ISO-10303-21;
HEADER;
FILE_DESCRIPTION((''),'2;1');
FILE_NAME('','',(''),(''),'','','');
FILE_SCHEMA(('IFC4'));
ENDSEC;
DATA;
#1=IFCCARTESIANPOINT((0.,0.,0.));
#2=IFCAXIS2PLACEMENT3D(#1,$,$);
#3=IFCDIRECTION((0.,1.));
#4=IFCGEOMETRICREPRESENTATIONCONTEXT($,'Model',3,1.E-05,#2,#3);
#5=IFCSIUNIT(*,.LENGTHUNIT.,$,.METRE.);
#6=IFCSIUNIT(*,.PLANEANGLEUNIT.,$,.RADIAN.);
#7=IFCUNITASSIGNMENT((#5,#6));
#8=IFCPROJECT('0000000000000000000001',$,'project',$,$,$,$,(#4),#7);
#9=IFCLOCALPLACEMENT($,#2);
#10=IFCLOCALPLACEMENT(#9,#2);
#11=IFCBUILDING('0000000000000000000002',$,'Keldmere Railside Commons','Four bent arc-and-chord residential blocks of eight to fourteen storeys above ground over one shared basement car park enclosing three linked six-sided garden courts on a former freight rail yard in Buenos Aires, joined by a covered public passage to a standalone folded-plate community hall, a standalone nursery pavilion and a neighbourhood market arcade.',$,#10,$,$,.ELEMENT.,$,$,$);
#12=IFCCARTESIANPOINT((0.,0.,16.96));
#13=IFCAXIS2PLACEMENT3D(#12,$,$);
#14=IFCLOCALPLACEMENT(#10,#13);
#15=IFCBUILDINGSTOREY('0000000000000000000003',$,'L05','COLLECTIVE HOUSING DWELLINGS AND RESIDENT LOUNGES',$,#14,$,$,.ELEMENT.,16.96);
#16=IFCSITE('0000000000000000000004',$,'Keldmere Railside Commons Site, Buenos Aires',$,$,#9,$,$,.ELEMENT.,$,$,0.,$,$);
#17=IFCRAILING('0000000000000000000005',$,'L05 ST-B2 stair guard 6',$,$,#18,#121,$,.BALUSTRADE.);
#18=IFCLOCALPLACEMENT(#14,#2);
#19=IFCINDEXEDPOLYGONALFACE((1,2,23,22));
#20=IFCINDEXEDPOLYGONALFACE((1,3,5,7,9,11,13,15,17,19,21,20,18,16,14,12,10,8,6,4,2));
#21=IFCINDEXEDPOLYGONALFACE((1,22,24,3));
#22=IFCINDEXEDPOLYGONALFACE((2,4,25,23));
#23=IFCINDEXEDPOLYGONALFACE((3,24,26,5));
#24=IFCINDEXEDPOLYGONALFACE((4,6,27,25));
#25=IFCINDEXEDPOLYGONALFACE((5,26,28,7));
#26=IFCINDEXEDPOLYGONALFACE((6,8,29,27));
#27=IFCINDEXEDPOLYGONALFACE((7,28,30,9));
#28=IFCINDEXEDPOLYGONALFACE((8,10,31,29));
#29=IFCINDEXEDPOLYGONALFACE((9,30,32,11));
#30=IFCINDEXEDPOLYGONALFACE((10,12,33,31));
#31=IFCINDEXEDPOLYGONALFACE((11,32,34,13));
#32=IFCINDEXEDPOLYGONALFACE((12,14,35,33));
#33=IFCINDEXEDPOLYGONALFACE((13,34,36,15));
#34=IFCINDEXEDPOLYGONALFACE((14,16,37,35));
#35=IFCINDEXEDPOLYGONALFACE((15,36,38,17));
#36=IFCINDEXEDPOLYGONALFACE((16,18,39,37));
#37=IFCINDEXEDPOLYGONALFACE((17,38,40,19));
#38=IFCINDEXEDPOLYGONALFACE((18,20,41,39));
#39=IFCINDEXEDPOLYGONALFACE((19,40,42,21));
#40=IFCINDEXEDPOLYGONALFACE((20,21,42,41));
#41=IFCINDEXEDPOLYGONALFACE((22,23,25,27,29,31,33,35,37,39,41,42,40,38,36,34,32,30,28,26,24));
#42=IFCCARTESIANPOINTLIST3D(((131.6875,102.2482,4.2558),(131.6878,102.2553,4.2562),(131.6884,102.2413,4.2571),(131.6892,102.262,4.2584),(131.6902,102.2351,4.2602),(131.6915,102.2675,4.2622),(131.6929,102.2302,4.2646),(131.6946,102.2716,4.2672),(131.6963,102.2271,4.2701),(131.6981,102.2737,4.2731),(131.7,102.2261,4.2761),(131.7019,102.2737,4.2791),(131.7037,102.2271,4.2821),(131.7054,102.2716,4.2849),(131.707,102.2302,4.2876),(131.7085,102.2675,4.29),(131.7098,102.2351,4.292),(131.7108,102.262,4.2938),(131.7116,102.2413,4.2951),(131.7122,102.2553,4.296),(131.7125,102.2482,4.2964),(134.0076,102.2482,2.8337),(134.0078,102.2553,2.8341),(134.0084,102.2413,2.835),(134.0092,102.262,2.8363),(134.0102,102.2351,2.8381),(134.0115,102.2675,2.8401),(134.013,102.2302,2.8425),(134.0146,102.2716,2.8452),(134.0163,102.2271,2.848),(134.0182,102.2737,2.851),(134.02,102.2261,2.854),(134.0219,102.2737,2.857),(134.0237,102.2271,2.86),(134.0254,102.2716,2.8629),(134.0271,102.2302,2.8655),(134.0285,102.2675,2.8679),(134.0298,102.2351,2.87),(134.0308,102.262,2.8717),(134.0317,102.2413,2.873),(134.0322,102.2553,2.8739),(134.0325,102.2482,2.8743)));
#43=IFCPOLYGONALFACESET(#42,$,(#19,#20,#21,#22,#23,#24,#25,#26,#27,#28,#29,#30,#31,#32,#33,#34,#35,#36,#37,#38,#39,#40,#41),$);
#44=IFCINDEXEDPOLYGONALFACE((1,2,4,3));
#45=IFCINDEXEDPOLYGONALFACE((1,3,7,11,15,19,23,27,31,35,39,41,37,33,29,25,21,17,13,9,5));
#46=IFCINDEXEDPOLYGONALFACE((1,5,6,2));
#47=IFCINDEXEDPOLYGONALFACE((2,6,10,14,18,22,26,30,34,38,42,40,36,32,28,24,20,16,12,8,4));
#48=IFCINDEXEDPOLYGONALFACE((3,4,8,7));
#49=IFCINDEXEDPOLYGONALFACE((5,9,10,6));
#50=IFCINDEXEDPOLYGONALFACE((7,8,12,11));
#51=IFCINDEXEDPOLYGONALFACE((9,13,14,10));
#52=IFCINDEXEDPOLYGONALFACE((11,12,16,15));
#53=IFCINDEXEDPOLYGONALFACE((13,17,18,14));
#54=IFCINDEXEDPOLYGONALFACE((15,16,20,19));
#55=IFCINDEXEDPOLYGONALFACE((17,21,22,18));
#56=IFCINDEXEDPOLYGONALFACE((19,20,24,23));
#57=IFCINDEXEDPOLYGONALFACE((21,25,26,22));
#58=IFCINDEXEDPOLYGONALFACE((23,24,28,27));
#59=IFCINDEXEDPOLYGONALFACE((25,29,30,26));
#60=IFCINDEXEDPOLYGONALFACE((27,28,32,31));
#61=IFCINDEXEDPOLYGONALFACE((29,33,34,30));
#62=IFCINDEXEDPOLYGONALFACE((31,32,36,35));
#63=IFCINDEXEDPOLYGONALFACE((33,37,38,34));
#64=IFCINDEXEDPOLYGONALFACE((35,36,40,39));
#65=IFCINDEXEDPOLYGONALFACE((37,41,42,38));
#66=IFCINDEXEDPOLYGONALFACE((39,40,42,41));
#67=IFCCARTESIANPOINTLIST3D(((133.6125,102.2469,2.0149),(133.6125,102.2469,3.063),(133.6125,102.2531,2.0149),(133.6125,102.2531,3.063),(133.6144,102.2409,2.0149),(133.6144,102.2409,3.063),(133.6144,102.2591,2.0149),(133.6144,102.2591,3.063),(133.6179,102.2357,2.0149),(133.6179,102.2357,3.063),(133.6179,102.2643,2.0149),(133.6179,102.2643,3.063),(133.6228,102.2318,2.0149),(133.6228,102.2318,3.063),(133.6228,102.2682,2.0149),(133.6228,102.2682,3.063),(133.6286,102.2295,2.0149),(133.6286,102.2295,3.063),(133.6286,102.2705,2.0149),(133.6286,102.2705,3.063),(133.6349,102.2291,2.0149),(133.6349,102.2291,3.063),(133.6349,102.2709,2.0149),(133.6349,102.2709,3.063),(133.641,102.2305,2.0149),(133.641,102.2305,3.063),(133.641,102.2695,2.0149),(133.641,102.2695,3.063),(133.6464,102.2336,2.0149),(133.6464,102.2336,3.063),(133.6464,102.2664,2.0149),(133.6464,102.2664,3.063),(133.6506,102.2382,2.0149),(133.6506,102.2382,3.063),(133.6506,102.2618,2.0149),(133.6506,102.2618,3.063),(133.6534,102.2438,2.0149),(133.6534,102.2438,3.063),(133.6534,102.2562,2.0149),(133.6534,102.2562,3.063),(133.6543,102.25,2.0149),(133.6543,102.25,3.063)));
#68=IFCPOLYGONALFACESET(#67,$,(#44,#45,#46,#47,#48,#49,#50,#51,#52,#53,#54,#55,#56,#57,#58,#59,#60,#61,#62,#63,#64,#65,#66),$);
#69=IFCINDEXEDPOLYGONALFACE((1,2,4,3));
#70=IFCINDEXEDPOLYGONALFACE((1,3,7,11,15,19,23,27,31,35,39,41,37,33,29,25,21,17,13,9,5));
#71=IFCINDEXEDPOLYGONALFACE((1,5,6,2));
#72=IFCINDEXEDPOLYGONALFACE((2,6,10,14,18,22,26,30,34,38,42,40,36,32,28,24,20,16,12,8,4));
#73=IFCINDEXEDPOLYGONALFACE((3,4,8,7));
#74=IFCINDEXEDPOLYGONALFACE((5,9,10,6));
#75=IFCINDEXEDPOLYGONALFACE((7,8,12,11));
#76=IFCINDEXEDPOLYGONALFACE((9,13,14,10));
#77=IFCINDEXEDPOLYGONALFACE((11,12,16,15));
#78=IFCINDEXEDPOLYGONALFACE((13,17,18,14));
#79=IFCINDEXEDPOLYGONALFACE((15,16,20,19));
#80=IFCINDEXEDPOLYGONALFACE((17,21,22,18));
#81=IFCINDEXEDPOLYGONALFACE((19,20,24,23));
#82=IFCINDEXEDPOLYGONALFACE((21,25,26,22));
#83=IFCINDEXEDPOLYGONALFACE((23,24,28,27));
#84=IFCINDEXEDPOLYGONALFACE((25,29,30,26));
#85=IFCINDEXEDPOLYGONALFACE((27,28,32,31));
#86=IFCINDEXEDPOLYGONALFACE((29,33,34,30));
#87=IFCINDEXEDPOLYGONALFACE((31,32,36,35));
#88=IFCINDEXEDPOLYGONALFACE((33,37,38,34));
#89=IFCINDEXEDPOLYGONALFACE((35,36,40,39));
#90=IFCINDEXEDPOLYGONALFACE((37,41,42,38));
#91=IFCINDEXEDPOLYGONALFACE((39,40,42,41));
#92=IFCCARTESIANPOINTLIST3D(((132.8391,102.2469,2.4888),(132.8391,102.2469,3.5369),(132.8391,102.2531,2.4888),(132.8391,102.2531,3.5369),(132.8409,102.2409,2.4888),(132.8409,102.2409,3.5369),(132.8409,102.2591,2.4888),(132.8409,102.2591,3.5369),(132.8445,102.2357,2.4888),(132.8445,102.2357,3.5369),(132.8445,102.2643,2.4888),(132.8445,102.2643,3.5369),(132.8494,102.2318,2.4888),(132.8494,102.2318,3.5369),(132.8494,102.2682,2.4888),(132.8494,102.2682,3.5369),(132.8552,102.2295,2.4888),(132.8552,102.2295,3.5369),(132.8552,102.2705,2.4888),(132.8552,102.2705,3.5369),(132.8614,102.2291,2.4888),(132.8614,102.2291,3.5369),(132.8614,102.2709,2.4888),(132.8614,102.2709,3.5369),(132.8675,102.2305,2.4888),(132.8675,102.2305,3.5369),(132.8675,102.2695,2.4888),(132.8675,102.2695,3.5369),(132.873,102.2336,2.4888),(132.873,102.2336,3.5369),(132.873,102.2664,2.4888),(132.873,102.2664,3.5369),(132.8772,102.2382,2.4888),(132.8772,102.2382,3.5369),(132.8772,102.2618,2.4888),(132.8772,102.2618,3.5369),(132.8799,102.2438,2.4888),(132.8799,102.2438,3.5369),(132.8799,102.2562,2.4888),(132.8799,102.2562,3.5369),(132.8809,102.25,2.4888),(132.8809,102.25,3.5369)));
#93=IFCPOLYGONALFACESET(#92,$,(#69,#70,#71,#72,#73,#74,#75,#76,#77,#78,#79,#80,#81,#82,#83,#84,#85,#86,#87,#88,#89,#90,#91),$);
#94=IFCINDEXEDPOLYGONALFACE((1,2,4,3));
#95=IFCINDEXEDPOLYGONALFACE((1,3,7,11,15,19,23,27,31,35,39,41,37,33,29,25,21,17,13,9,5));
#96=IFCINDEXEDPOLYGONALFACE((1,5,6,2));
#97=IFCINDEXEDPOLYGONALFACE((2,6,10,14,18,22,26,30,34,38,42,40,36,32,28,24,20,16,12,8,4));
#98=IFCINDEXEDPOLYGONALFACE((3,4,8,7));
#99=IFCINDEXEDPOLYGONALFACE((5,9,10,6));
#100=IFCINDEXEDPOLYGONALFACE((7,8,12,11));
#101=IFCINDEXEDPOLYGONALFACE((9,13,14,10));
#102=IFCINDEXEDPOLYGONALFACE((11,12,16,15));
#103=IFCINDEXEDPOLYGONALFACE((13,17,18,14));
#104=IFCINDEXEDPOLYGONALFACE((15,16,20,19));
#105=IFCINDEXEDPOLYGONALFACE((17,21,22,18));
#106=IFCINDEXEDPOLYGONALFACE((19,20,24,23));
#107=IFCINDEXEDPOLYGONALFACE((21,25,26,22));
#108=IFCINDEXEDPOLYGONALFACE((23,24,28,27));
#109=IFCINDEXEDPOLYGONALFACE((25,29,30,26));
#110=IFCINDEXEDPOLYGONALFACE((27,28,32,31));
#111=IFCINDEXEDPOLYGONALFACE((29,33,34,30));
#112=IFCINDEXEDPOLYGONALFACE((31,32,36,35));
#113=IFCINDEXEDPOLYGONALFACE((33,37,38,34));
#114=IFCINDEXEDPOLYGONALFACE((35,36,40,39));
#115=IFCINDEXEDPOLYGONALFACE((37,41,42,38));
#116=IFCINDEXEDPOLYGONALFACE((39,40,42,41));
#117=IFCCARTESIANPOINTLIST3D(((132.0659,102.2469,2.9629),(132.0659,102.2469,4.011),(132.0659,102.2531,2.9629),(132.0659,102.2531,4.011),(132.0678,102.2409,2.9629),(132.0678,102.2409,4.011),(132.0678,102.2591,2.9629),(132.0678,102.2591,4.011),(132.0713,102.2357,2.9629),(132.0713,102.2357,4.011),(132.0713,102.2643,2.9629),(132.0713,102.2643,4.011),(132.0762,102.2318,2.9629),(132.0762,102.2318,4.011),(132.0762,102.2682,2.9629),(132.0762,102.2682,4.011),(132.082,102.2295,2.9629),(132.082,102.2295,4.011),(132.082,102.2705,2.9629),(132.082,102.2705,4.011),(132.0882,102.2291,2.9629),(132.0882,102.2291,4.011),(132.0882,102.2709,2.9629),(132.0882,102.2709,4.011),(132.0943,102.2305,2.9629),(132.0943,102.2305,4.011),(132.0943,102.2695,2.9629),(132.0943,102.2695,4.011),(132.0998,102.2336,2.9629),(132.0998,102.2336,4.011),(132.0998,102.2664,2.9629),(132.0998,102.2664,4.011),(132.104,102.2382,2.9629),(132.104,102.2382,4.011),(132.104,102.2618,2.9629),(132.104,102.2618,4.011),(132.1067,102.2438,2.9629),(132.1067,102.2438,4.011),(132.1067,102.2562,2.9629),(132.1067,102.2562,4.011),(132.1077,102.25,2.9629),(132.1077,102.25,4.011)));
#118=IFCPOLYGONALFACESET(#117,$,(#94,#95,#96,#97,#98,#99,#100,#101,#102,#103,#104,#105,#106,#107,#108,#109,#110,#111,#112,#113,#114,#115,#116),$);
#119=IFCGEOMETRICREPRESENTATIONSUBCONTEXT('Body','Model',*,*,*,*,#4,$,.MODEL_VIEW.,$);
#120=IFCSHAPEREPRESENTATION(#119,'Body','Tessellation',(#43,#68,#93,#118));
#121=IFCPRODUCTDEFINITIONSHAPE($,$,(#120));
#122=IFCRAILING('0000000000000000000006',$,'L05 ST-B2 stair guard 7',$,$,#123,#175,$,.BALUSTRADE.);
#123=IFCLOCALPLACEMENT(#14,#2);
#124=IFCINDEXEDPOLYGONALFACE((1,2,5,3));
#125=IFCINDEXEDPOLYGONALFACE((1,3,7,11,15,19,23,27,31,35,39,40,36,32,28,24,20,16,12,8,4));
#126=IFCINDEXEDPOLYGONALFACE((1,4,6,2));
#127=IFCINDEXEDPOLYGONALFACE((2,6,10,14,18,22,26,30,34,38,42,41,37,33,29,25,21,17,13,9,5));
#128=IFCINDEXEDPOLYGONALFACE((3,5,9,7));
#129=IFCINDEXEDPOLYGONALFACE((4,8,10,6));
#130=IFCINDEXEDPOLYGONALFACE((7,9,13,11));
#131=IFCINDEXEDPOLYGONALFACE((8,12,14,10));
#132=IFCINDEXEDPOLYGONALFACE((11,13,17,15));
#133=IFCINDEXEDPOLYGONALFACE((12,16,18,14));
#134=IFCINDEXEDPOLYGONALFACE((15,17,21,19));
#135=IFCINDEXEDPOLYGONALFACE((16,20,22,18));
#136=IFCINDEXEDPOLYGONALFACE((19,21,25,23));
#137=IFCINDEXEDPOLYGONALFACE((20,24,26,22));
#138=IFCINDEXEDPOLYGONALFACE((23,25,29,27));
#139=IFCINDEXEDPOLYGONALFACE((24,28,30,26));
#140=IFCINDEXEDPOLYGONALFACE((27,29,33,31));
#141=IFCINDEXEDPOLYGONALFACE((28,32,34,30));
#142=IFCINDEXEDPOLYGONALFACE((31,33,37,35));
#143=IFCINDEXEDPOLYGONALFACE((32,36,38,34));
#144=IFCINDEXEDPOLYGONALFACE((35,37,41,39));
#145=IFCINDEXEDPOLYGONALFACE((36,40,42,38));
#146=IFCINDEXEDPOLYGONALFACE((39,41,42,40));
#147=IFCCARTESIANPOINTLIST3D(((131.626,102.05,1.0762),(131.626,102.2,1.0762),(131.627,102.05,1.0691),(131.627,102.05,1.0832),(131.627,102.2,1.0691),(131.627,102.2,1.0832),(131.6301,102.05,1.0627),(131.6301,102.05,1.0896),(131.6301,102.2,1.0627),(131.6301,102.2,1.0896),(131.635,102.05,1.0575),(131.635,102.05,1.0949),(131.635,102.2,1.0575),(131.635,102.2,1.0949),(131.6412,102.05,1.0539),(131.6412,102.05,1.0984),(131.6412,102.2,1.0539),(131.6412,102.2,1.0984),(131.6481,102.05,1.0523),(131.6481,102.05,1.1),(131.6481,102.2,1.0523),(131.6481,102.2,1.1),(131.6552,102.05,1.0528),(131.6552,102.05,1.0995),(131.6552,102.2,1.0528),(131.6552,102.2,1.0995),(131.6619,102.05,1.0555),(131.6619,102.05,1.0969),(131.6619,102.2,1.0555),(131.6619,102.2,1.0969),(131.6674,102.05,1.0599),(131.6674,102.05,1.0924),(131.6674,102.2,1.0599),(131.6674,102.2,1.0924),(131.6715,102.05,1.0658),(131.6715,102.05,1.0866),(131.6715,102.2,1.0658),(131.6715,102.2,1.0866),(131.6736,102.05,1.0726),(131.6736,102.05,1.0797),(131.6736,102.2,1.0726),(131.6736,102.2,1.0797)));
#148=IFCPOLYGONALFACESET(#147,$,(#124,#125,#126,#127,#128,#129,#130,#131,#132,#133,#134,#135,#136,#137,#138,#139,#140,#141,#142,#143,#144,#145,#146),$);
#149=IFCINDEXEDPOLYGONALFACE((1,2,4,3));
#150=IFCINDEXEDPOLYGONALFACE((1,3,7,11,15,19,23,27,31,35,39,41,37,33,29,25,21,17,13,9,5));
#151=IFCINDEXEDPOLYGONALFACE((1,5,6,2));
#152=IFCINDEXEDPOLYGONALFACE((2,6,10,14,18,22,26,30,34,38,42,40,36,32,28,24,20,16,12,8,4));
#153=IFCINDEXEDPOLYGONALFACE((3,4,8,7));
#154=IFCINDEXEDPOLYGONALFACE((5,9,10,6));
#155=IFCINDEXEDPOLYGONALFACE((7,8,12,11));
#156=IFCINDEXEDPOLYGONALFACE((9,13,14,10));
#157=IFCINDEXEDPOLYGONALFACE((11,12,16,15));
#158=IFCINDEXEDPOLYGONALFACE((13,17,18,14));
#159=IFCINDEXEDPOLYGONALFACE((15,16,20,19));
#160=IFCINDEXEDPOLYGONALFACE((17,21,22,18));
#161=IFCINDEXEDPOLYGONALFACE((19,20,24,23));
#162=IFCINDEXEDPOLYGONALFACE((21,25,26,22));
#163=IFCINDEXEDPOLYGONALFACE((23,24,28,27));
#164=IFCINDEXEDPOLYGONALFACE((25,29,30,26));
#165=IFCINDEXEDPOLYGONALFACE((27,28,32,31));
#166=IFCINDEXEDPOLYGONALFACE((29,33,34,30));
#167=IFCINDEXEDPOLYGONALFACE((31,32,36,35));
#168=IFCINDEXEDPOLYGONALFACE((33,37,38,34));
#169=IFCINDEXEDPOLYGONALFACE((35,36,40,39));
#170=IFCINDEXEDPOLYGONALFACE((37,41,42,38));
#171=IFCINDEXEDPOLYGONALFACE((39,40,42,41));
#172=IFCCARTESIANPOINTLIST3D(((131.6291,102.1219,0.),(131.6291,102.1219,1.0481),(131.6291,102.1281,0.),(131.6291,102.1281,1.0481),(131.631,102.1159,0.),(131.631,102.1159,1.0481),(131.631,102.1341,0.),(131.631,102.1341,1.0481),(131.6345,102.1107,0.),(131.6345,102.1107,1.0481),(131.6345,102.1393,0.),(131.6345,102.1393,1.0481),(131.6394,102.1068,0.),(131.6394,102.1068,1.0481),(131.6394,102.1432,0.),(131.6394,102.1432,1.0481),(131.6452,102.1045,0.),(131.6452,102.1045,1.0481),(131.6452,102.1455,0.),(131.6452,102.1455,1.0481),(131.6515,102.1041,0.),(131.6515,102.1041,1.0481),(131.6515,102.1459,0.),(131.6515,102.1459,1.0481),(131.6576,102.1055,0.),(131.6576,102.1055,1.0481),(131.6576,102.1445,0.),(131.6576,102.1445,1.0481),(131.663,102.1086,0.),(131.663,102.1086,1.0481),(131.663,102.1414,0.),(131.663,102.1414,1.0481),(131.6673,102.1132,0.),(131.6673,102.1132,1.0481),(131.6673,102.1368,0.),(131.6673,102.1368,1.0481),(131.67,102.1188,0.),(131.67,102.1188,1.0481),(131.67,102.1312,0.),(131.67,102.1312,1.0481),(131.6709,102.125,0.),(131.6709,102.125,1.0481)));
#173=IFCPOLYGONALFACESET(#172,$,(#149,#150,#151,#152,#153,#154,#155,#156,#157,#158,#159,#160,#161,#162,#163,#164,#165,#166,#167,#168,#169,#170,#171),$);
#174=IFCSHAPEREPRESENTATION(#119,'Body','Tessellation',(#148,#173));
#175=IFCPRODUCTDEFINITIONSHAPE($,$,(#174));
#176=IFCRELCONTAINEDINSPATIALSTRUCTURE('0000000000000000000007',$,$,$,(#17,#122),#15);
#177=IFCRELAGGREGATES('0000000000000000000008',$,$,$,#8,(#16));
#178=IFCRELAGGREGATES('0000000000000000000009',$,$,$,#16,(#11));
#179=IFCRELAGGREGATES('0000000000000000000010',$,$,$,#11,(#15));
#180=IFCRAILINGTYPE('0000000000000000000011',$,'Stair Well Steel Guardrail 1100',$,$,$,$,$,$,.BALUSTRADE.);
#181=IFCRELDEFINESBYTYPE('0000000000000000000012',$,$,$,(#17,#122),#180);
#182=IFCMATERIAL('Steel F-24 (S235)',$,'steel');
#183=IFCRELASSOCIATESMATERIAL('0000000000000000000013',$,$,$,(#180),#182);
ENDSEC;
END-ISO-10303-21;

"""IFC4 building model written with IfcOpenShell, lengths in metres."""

from ifc_helpers import new_model, si_unit, direction, frame, origin, origin_2d, place, context, subcontext, project, spatial, circle, extrude, material, type_object, element, save


model = new_model("IFC4")

# Units and contexts
model_context = context("Model", 3, precision=1e-05, world=origin(), true_north=direction((0.0, 1.0)))
body_context = subcontext(model_context, "Body", "Model", "MODEL_VIEW")
ifc_project = project(units=[si_unit("LENGTHUNIT", "METRE"), si_unit("PLANEANGLEUNIT", "RADIAN")], contexts=[model_context])

# Site, building, storey
site_placement = place(None, origin())
site = spatial("IfcSite", under=ifc_project, at=site_placement, Name="Keldmere Railside Commons Site, Buenos Aires", CompositionType="ELEMENT", RefElevation=0.0)
building_placement = place(site_placement, origin())
building = spatial("IfcBuilding", under=site, at=building_placement, Name="Keldmere Railside Commons", Description="Four bent arc-and-chord residential blocks of eight to fourteen storeys above ground over one shared basement car park enclosing three linked six-sided garden courts on a former freight rail yard in Buenos Aires, joined by a covered public passage to a standalone folded-plate community hall, a standalone nursery pavilion and a neighbourhood market arcade.", CompositionType="ELEMENT")
storey_placement = place(building_placement, frame((0.0, 0.0, 16.96)))
storey = spatial("IfcBuildingStorey", under=building, at=storey_placement, Name="L05", Description="COLLECTIVE HOUSING DWELLINGS AND RESIDENT LOUNGES", CompositionType="ELEMENT", Elevation=16.96)

# Railings
ifc_material_1 = material(Name="Steel F-24 (S235)", Category="steel")
railing_type_1 = type_object("IfcRailingType", Name="Stair Well Steel Guardrail 1100", PredefinedType="BALUSTRADE", material=ifc_material_1)
railing_1_placement = place(storey_placement, frame((134.02, 102.25, 1.7778)))
element("IfcRailing", 1, at=railing_1_placement, inside=storey, type_object=railing_type_1, Name="L05 ST-B2 stair guard 6", PredefinedType="BALUSTRADE", context=body_context, shape_type="SweptSolid", body=[
    extrude(circle(Radius=0.0239, at=origin_2d()), frame((0.0, 0.0, 1.0762), z_axis=(-0.852578, 0.0, 0.5226), x_axis=(0.0, -1.0, 0.0)), (0.0, 0.0, 1.0), 2.7212),
    extrude(circle(Radius=0.021, at=origin_2d()), frame((-0.3867, 0.0, 0.2371)), (0.0, 0.0, 1.0), 1.0481),
    extrude(circle(Radius=0.021, at=origin_2d()), frame((-1.1602, 0.0, 0.7109)), (0.0, 0.0, 1.0), 1.0481),
    extrude(circle(Radius=0.021, at=origin_2d()), frame((-1.9333, 0.0, 1.1851)), (0.0, 0.0, 1.0), 1.0481),
])
railing_2_placement = place(storey_placement, frame((131.6499, 102.05, 0.0)))
element("IfcRailing", 2, at=railing_2_placement, inside=storey, type_object=railing_type_1, Name="L05 ST-B2 stair guard 7", PredefinedType="BALUSTRADE", context=body_context, shape_type="SweptSolid", body=[
    extrude(circle(Radius=0.0239, at=origin_2d()), frame((0.0, 0.0, 1.0762), z_axis=(0.0, 1.0, 0.0), x_axis=(-1.0, 0.0, 0.0)), (0.0, 0.0, 1.0), 0.1499),
    extrude(circle(Radius=0.021, at=origin_2d()), frame((0.0, 0.075, 0.0)), (0.0, 0.0, 1.0), 1.0481),
])

save(model, "model.ifc")
